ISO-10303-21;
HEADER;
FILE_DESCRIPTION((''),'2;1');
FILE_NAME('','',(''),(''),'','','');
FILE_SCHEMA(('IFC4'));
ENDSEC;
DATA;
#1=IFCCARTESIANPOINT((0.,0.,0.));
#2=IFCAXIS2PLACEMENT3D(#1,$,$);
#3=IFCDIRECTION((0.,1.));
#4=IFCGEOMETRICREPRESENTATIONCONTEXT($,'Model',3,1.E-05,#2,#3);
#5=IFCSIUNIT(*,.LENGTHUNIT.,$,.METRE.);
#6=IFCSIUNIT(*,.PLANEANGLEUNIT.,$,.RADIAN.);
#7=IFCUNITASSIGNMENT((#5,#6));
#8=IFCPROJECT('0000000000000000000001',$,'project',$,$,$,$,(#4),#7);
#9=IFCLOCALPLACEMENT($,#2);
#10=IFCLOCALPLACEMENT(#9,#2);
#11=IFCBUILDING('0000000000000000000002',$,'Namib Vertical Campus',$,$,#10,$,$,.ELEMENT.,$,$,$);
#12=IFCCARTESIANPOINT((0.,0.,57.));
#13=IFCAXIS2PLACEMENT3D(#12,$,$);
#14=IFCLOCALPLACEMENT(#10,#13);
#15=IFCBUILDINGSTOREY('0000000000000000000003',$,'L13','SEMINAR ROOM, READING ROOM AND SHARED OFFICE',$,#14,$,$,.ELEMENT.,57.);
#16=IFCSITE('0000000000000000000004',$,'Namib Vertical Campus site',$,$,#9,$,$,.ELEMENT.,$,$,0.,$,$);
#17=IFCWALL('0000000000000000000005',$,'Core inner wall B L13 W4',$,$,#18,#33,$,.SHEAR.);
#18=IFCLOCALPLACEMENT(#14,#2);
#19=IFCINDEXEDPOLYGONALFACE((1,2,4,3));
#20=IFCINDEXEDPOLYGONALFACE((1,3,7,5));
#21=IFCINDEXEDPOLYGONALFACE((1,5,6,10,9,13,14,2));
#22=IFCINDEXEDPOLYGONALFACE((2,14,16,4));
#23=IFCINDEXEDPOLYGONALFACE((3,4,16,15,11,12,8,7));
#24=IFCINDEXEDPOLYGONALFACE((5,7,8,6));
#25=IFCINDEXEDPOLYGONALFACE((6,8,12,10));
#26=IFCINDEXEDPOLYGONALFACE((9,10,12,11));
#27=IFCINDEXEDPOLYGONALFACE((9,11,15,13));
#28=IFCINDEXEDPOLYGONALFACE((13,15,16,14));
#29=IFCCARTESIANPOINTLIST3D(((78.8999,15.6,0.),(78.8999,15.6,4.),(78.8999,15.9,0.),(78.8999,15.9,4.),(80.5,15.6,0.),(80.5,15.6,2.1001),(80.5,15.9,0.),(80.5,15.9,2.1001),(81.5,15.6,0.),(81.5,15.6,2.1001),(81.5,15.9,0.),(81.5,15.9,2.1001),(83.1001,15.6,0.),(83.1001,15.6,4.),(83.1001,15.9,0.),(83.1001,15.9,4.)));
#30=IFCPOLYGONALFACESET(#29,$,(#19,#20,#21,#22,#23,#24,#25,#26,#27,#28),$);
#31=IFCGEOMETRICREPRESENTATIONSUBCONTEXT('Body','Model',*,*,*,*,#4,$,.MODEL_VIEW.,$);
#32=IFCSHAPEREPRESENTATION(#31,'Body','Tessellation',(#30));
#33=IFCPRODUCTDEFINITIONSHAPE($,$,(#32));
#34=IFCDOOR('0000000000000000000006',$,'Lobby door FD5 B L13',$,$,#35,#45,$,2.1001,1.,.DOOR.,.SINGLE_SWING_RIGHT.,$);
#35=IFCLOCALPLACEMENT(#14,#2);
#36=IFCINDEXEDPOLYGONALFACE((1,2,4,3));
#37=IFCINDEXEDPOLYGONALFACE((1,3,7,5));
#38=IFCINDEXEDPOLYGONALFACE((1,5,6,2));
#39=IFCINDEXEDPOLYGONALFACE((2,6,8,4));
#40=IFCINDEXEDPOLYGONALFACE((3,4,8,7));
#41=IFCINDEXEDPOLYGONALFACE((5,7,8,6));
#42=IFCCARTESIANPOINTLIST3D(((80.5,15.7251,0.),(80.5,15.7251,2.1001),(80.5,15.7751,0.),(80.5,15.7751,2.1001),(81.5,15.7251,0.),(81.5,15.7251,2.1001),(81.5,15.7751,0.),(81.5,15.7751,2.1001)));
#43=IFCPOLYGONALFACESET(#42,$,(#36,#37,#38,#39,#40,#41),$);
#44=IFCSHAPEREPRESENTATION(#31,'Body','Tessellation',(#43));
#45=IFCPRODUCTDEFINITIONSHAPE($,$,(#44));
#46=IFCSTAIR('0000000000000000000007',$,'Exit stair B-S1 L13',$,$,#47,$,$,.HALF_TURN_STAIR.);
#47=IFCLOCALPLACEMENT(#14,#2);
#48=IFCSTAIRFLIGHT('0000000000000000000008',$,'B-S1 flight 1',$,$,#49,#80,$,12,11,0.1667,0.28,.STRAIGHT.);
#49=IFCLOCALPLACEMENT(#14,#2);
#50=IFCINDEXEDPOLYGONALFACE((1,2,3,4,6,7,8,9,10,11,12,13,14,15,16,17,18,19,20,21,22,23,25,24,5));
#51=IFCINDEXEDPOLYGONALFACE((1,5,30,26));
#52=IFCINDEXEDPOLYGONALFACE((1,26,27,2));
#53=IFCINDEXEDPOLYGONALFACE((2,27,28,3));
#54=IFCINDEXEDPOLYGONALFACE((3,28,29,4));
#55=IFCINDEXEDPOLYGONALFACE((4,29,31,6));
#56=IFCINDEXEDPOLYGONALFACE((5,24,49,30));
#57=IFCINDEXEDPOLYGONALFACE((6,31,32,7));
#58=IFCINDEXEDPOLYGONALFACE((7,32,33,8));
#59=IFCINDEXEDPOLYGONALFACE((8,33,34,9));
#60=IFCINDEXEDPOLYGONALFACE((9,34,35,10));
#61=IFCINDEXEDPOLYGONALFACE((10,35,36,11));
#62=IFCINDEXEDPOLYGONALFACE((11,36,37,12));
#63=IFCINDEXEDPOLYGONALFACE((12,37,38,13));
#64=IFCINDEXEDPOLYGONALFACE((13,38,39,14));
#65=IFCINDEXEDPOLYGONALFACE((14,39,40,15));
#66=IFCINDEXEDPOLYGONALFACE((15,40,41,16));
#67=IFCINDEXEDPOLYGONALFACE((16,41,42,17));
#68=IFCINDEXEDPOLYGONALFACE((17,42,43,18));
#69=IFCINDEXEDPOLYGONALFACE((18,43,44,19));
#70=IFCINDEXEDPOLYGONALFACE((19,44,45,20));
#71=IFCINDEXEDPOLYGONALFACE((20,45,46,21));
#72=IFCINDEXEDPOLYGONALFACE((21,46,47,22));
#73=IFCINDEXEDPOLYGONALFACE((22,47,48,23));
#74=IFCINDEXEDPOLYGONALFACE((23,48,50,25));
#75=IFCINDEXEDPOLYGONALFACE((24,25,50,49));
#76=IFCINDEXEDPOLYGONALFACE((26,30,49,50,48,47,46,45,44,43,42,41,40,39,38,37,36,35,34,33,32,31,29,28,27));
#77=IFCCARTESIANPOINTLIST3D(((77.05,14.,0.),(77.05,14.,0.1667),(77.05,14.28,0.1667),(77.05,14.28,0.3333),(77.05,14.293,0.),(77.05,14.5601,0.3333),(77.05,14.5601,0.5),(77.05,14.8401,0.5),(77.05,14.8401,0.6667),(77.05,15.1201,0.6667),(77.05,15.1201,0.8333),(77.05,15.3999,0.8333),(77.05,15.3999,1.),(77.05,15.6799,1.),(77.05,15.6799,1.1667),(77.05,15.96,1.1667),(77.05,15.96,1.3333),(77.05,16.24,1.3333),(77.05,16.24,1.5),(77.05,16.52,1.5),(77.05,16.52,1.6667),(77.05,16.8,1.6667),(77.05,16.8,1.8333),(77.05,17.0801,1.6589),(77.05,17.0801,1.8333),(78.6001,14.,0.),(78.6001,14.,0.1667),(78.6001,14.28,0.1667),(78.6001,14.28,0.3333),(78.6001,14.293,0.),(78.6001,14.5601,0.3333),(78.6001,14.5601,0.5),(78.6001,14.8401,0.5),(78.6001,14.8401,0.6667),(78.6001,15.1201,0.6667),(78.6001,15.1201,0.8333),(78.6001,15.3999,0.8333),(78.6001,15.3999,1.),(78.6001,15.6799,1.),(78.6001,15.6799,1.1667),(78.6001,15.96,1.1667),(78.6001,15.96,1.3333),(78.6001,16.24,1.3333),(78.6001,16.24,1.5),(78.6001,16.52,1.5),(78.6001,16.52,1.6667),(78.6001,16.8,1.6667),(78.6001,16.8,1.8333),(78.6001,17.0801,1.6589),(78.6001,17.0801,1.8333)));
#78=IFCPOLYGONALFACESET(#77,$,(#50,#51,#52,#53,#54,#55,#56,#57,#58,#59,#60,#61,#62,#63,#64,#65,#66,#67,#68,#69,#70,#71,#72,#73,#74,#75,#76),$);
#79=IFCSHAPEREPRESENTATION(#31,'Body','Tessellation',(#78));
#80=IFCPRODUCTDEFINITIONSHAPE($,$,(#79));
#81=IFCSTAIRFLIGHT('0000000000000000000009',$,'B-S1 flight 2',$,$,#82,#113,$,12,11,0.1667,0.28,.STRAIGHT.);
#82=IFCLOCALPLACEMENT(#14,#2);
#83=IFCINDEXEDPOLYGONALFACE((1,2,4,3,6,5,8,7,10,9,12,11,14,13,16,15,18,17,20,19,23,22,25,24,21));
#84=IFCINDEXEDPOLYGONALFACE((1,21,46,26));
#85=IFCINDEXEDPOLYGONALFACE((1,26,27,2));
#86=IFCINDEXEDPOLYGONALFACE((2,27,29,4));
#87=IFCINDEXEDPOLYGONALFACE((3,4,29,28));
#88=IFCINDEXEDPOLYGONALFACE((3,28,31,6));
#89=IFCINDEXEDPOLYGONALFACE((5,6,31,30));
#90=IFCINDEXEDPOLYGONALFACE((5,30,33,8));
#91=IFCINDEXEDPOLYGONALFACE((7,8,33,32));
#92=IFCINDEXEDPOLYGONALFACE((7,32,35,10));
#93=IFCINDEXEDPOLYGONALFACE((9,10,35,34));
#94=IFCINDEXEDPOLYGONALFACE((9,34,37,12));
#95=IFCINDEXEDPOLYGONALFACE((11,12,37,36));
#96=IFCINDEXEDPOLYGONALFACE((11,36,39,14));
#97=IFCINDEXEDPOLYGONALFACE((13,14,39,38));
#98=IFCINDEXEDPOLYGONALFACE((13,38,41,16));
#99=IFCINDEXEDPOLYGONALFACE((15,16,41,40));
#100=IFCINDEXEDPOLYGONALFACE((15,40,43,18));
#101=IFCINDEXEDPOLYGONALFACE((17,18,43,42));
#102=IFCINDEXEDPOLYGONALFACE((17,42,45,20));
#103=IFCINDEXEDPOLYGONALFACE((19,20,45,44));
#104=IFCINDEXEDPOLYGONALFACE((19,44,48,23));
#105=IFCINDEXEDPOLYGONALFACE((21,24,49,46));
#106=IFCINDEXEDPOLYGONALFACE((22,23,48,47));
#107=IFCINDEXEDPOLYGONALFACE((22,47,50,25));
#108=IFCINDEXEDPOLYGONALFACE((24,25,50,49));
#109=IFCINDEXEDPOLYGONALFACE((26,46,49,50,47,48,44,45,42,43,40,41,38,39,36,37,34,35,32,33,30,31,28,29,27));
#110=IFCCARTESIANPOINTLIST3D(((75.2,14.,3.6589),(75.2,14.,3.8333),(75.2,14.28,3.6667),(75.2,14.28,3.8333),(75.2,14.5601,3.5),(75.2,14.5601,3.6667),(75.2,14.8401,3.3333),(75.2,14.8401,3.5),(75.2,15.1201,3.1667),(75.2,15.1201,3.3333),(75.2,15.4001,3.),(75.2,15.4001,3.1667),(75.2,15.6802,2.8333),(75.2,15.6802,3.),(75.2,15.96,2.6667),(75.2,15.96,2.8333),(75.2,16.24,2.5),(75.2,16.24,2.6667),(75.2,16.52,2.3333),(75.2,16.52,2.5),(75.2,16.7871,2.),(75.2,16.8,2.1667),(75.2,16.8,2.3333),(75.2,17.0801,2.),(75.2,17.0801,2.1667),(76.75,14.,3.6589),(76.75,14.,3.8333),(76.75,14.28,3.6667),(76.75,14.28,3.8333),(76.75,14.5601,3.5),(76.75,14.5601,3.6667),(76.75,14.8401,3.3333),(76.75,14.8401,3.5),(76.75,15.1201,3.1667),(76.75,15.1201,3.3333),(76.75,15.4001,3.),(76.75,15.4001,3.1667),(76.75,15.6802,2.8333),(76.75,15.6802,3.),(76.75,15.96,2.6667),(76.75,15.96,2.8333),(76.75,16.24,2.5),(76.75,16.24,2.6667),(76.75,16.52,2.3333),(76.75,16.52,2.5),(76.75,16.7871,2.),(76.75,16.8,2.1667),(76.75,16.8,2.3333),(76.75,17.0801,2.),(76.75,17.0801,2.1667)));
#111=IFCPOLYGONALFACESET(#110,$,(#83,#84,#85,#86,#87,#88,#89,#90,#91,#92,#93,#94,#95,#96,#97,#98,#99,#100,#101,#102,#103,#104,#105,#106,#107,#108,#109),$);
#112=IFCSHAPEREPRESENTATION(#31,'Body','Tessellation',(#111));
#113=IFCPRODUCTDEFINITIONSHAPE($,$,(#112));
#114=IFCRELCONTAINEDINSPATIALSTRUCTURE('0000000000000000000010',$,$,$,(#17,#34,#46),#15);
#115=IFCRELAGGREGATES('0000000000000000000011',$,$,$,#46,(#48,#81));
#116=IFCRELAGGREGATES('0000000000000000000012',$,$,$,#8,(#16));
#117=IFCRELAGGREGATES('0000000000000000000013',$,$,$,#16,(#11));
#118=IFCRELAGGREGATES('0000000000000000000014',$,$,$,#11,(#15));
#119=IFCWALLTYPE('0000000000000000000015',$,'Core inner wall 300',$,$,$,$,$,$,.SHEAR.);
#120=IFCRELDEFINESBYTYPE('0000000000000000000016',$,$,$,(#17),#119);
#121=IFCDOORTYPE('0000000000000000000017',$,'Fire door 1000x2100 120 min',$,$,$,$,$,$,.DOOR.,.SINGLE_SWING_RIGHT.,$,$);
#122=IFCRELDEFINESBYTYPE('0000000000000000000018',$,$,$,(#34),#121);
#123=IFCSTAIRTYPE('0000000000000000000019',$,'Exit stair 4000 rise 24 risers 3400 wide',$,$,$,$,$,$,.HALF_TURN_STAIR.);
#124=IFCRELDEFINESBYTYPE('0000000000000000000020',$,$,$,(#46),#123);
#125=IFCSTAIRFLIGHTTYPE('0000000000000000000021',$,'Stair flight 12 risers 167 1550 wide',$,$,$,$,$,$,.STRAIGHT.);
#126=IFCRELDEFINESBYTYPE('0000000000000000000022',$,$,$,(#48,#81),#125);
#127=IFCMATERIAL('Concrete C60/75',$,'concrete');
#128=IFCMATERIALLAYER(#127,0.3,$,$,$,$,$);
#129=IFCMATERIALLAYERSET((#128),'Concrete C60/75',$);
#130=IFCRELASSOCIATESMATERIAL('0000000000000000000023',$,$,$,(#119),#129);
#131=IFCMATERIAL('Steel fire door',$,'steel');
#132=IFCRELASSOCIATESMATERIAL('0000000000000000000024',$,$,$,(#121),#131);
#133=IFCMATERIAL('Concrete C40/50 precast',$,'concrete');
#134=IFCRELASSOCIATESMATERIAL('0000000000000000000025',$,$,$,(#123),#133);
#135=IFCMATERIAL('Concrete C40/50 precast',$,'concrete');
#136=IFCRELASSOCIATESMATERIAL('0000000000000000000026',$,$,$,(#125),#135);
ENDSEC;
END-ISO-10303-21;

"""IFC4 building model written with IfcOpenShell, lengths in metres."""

from ifc_helpers import new_model, si_unit, direction, frame, frame_2d, origin, place, context, subcontext, project, spatial, polyline, rectangle, outline, extrude, material, layer, layer_set, type_object, element, fill, aggregate, save


model = new_model("IFC4")

# Units and contexts
model_context = context("Model", 3, precision=1e-05, world=origin(), true_north=direction((0.0, 1.0)))
body_context = subcontext(model_context, "Body", "Model", "MODEL_VIEW")
ifc_project = project(units=[si_unit("LENGTHUNIT", "METRE"), si_unit("PLANEANGLEUNIT", "RADIAN")], contexts=[model_context])

# Site, building, storey
site_placement = place(None, origin())
site = spatial("IfcSite", under=ifc_project, at=site_placement, Name="Namib Vertical Campus site", CompositionType="ELEMENT", RefElevation=0.0)
building_placement = place(site_placement, origin())
building = spatial("IfcBuilding", under=site, at=building_placement, Name="Namib Vertical Campus", CompositionType="ELEMENT")
storey_placement = place(building_placement, frame((0.0, 0.0, 57.0)))
storey = spatial("IfcBuildingStorey", under=building, at=storey_placement, Name="L13", Description="SEMINAR ROOM, READING ROOM AND SHARED OFFICE", CompositionType="ELEMENT", Elevation=57.0)

# Shared definitions
ifc_material_1 = material(Name="Concrete C60/75", Category="concrete")
ifc_layer = layer(ifc_material_1, 0.3)
ifc_layer_set = layer_set([ifc_layer], Name="Concrete C60/75")
wall_type = type_object("IfcWallType", Name="Core inner wall 300", PredefinedType="SHEAR", material=ifc_layer_set)

# Wall, opening, door
wall_1_placement = place(storey_placement, frame((78.8999, 15.75, 0.0), z_axis=(0.0, 0.0, 1.0), x_axis=(1.0, 0.0, 0.0)))
wall_1 = element("IfcWall", 1, at=wall_1_placement, inside=storey, type_object=wall_type, Name="Core inner wall B L13 W4", PredefinedType="SHEAR", context=body_context, shape_type="SweptSolid", body=[
    extrude(rectangle(XDim=4.2002, YDim=0.3, at=frame_2d((2.1001, 0.0))), origin(), (0.0, 0.0, 1.0), 4.0),
])
opening_1_placement = place(wall_1_placement, frame((1.6001, 0.0, 0.0)))
opening_1 = element("IfcOpeningElement", 2, at=opening_1_placement, cuts=wall_1, PredefinedType="OPENING", context=body_context, shape_type="SweptSolid", body=[
    extrude(rectangle(XDim=1.0, YDim=2.1001, at=frame_2d((0.5, 1.05))), frame((0.0, 0.1599, 0.0), z_axis=(0.0, -1.0, 0.0), x_axis=(1.0, 0.0, 0.0)), (0.0, 0.0, 1.0), 0.3201),
])
ifc_material_2 = material(Name="Steel fire door", Category="steel")
door_type_1 = type_object("IfcDoorType", Name="Fire door 1000x2100 120 min", OperationType="SINGLE_SWING_RIGHT", PredefinedType="DOOR", material=ifc_material_2)
door_1_placement = place(opening_1_placement, frame((1.0, 0.0, 0.0), z_axis=(0.0, 0.0, 1.0), x_axis=(-1.0, 0.0, 0.0)))
door_1 = element("IfcDoor", 3, at=door_1_placement, inside=storey, type_object=door_type_1, Name="Lobby door FD5 B L13", OperationType="SINGLE_SWING_RIGHT", OverallHeight=2.1001, OverallWidth=1.0, PredefinedType="DOOR", context=body_context, shape_type="SweptSolid", body=[
    extrude(rectangle(XDim=1.0, YDim=2.1001, at=frame_2d((0.5, 1.05))), frame((0.0, 0.0249, 0.0), z_axis=(0.0, -1.0, 0.0), x_axis=(1.0, 0.0, 0.0)), (0.0, 0.0, 1.0), 0.05),
])
fill(opening_1, door_1)

# Stair, stair flights
ifc_material_3 = material(Name="Concrete C40/50 precast", Category="concrete")
stair_type = type_object("IfcStairType", Name="Exit stair 4000 rise 24 risers 3400 wide", PredefinedType="HALF_TURN_STAIR", material=ifc_material_3)
stair_placement = place(storey_placement, origin())
stair = element("IfcStair", 4, at=stair_placement, inside=storey, type_object=stair_type, Name="Exit stair B-S1 L13", PredefinedType="HALF_TURN_STAIR")
ifc_material_4 = material(Name="Concrete C40/50 precast", Category="concrete")
stair_flight_type = type_object("IfcStairFlightType", Name="Stair flight 12 risers 167 1550 wide", PredefinedType="STRAIGHT", material=ifc_material_4)
stair_flight_1_placement = place(storey_placement, frame((77.825, 14.0, 0.0), z_axis=(0.0, 0.0, 1.0), x_axis=(0.0, 1.0, 0.0)))
stair_flight_1 = element("IfcStairFlight", 5, at=stair_flight_1_placement, type_object=stair_flight_type, Name="B-S1 flight 1", NumberOfRisers=12, NumberOfTreads=11, PredefinedType="STRAIGHT", RiserHeight=0.1667, TreadLength=0.28, context=body_context, shape_type="SweptSolid", body=[
    extrude(outline(polyline([(0.0, 0.0), (0.0, 0.1667), (0.28, 0.1667), (0.28, 0.3333), (0.5601, 0.3333), (0.5601, 0.5), (0.8401, 0.5), (0.8401, 0.6667), (1.1201, 0.6667), (1.1201, 0.8333), (1.3999, 0.8333), (1.3999, 1.0), (1.6799, 1.0), (1.6799, 1.1667), (1.96, 1.1667), (1.96, 1.3333), (2.24, 1.3333), (2.24, 1.5), (2.52, 1.5), (2.52, 1.6667), (2.8, 1.6667), (2.8, 1.8333), (3.0801, 1.8333), (3.0801, 2.0), (3.0801, 1.6589), (0.293, 0.0), (0.0, 0.0)])), frame((0.0, 0.7749, 0.0), z_axis=(0.0, -1.0, 0.0), x_axis=(1.0, 0.0, 0.0)), (0.0, 0.0, 1.0), 1.55),
])
stair_flight_2_placement = place(storey_placement, frame((75.9751, 17.0801, 2.0), z_axis=(0.0, 0.0, 1.0), x_axis=(0.0, -1.0, 0.0)))
stair_flight_2 = element("IfcStairFlight", 6, at=stair_flight_2_placement, type_object=stair_flight_type, Name="B-S1 flight 2", NumberOfRisers=12, NumberOfTreads=11, PredefinedType="STRAIGHT", RiserHeight=0.1667, TreadLength=0.28, context=body_context, shape_type="SweptSolid", body=[
    extrude(outline(polyline([(0.0, 0.0), (0.0, 0.1667), (0.28, 0.1667), (0.28, 0.3333), (0.5601, 0.3333), (0.5601, 0.5), (0.8401, 0.5), (0.8401, 0.6667), (1.1201, 0.6667), (1.1201, 0.8333), (1.3999, 0.8333), (1.3999, 1.0), (1.6799, 1.0), (1.6799, 1.1667), (1.96, 1.1667), (1.96, 1.3333), (2.24, 1.3333), (2.24, 1.5), (2.52, 1.5), (2.52, 1.6667), (2.8, 1.6667), (2.8, 1.8333), (3.0801, 1.8333), (3.0801, 2.0), (3.0801, 1.6589), (0.293, 0.0), (0.0, 0.0)])), frame((0.0, 0.7749, 0.0), z_axis=(0.0, -1.0, 0.0), x_axis=(1.0, 0.0, 0.0)), (0.0, 0.0, 1.0), 1.55),
])
aggregate(stair, [stair_flight_1, stair_flight_2])

save(model, "model.ifc")
